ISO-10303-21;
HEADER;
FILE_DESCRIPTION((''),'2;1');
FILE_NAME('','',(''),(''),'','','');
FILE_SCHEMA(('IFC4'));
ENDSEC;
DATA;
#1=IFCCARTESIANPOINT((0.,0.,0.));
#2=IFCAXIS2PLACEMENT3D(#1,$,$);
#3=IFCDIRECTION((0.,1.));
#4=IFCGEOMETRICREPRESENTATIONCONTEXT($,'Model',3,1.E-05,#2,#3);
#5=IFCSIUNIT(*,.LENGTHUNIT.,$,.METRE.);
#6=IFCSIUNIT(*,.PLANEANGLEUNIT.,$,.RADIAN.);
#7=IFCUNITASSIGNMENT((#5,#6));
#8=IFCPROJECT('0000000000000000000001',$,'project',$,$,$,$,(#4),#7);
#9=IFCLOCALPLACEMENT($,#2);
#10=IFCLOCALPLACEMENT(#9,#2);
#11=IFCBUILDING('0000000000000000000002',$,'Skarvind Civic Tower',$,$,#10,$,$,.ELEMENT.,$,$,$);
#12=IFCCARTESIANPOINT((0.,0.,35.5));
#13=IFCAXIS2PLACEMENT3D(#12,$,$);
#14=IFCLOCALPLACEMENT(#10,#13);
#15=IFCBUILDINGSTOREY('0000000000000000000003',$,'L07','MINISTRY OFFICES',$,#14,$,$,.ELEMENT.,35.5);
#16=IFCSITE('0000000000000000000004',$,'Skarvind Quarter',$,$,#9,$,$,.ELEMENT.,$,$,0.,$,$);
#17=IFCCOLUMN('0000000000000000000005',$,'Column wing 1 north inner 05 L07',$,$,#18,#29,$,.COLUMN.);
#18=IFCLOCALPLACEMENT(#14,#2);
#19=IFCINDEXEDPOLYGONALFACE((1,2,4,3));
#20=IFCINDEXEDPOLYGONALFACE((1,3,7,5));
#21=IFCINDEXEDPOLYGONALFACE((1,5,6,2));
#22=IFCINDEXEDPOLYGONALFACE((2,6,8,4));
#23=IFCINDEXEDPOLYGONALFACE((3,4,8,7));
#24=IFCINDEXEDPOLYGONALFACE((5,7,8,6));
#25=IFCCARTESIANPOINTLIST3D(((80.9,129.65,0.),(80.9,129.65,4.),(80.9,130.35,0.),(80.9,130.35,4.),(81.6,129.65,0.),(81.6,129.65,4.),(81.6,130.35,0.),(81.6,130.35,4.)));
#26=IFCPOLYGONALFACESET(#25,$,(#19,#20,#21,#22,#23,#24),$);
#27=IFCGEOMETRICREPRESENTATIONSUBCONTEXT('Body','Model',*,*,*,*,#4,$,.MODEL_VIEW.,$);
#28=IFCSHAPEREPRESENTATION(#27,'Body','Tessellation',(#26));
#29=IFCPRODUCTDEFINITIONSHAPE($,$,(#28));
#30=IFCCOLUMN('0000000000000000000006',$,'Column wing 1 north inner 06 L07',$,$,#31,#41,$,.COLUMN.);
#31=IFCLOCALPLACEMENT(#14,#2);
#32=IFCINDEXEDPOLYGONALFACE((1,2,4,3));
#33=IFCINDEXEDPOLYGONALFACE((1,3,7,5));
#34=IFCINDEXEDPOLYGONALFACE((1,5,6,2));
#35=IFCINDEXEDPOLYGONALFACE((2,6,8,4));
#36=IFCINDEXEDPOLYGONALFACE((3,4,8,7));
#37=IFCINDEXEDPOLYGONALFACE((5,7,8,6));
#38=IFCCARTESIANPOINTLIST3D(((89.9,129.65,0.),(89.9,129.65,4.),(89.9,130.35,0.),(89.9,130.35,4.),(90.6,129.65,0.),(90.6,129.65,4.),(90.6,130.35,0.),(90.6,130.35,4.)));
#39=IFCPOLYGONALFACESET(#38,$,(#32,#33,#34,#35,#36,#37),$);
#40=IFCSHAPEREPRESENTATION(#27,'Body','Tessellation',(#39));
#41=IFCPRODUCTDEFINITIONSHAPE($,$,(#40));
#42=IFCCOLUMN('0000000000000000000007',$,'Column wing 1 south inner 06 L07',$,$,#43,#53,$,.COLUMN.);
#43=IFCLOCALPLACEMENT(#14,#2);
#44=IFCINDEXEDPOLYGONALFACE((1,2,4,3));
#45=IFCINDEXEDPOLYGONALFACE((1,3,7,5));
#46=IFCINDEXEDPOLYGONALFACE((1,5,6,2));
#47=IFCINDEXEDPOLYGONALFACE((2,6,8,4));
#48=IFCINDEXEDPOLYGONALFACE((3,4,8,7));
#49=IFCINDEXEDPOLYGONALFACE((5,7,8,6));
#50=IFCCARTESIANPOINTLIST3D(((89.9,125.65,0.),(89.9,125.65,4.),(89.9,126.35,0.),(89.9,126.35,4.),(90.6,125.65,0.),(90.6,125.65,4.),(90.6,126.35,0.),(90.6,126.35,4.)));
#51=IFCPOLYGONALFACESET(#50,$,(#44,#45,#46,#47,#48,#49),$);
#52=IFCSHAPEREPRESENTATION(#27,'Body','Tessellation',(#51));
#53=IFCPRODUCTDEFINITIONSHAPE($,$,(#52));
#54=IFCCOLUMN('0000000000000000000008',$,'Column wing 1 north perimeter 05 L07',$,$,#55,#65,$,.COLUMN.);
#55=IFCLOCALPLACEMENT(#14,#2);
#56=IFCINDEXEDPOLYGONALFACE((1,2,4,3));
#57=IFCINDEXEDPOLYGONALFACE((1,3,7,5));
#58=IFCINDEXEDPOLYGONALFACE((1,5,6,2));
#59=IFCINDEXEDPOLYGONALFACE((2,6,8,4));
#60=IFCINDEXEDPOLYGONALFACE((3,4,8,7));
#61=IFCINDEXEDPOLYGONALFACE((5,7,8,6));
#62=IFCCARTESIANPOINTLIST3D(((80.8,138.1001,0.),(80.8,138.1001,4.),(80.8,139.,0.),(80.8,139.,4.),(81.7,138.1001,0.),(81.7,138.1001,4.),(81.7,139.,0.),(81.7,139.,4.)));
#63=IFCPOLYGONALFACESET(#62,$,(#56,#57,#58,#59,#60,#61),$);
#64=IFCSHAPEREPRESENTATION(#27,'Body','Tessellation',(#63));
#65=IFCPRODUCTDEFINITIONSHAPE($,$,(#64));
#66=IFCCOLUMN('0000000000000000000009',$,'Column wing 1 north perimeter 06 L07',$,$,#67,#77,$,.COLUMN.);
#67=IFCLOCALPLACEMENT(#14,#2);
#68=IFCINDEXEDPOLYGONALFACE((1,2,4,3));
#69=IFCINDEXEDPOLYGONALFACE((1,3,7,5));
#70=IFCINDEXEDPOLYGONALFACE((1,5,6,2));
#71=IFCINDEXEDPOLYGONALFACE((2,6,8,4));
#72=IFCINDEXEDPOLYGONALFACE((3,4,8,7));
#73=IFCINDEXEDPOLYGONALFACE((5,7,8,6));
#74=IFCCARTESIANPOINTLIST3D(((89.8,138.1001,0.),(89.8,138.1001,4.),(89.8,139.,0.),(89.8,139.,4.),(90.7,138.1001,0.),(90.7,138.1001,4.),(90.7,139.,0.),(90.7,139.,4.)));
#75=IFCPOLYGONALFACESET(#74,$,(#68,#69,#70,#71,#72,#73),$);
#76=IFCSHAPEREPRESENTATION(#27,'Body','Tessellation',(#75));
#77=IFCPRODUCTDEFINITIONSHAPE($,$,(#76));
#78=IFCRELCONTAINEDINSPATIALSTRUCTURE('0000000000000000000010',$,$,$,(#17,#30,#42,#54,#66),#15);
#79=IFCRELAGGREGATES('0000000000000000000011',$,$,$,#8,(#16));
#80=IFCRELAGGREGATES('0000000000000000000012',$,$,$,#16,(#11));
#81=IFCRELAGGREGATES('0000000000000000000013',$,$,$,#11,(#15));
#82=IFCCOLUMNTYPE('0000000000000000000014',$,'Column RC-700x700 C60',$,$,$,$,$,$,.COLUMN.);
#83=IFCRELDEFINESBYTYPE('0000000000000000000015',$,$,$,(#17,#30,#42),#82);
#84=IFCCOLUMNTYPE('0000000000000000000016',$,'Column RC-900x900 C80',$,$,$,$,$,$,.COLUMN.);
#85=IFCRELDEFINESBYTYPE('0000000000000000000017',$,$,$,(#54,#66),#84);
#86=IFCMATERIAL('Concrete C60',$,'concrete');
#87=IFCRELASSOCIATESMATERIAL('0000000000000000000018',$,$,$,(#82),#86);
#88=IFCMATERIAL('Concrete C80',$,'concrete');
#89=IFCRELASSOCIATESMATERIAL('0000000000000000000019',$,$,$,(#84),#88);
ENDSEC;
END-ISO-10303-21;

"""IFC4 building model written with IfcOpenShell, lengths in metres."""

from ifc_helpers import new_model, si_unit, direction, frame, origin, origin_2d, place, context, subcontext, project, spatial, rectangle, extrude, material, material_profile, profile_set, type_object, element, save


model = new_model("IFC4")

# Units and contexts
model_context = context("Model", 3, precision=1e-05, world=origin(), true_north=direction((0.0, 1.0)))
body_context = subcontext(model_context, "Body", "Model", "MODEL_VIEW")
ifc_project = project(units=[si_unit("LENGTHUNIT", "METRE"), si_unit("PLANEANGLEUNIT", "RADIAN")], contexts=[model_context])

# Site, building, storey
site_placement = place(None, origin())
site = spatial("IfcSite", under=ifc_project, at=site_placement, Name="Skarvind Quarter", CompositionType="ELEMENT", RefElevation=0.0)
building_placement = place(site_placement, origin())
building = spatial("IfcBuilding", under=site, at=building_placement, Name="Skarvind Civic Tower", CompositionType="ELEMENT")
storey_placement = place(building_placement, frame((0.0, 0.0, 35.5)))
storey = spatial("IfcBuildingStorey", under=building, at=storey_placement, Name="L07", Description="MINISTRY OFFICES", CompositionType="ELEMENT", Elevation=35.5)

# Columns
ifc_material_1 = material(Name="Concrete C60", Category="concrete")
ifc_material_profile_1 = material_profile(ifc_material_1, rectangle(XDim=0.7, YDim=0.7, at=origin_2d()), Name="RC-700x700")
ifc_profile_set_1 = profile_set([ifc_material_profile_1], Name="Concrete C60")
column_type_1 = type_object("IfcColumnType", Name="Column RC-700x700 C60", PredefinedType="COLUMN", material=ifc_profile_set_1)
for number, where, z_axis, x_axis, name in (
    (1, (81.25, 130.0, 0.0), (0.0, 0.0, 1.0), (1.0, 0.0, 0.0), "Column wing 1 north inner 05 L07"),
    (2, (90.25, 130.0, 0.0), (0.0, 0.0, 1.0), (1.0, 0.0, 0.0), "Column wing 1 north inner 06 L07"),
    (3, (90.25, 126.0, 0.0), (0.0, 0.0, 1.0), (1.0, 0.0, 0.0), "Column wing 1 south inner 06 L07"),
):
    element("IfcColumn", number, at=place(storey_placement, frame(where, z_axis=z_axis, x_axis=x_axis)), inside=storey, type_object=column_type_1, Name=name, PredefinedType="COLUMN", context=body_context, shape_type="SweptSolid", body=[
        extrude(rectangle(XDim=0.7, YDim=0.7, at=origin_2d()), origin(), (0.0, 0.0, 1.0), 4.0),
    ])
ifc_material_2 = material(Name="Concrete C80", Category="concrete")
ifc_material_profile_2 = material_profile(ifc_material_2, rectangle(XDim=0.8999, YDim=0.8999, at=origin_2d()), Name="RC-900x900")
ifc_profile_set_2 = profile_set([ifc_material_profile_2], Name="Concrete C80")
column_type_2 = type_object("IfcColumnType", Name="Column RC-900x900 C80", PredefinedType="COLUMN", material=ifc_profile_set_2)
for number, where, z_axis, x_axis, name in (
    (4, (81.25, 138.55, 0.0), (0.0, 0.0, 1.0), (1.0, 0.0, 0.0), "Column wing 1 north perimeter 05 L07"),
    (5, (90.25, 138.55, 0.0), (0.0, 0.0, 1.0), (1.0, 0.0, 0.0), "Column wing 1 north perimeter 06 L07"),
):
    element("IfcColumn", number, at=place(storey_placement, frame(where, z_axis=z_axis, x_axis=x_axis)), inside=storey, type_object=column_type_2, Name=name, PredefinedType="COLUMN", context=body_context, shape_type="SweptSolid", body=[
        extrude(rectangle(XDim=0.8999, YDim=0.8999, at=origin_2d()), origin(), (0.0, 0.0, 1.0), 4.0),
    ])

save(model, "model.ifc")
